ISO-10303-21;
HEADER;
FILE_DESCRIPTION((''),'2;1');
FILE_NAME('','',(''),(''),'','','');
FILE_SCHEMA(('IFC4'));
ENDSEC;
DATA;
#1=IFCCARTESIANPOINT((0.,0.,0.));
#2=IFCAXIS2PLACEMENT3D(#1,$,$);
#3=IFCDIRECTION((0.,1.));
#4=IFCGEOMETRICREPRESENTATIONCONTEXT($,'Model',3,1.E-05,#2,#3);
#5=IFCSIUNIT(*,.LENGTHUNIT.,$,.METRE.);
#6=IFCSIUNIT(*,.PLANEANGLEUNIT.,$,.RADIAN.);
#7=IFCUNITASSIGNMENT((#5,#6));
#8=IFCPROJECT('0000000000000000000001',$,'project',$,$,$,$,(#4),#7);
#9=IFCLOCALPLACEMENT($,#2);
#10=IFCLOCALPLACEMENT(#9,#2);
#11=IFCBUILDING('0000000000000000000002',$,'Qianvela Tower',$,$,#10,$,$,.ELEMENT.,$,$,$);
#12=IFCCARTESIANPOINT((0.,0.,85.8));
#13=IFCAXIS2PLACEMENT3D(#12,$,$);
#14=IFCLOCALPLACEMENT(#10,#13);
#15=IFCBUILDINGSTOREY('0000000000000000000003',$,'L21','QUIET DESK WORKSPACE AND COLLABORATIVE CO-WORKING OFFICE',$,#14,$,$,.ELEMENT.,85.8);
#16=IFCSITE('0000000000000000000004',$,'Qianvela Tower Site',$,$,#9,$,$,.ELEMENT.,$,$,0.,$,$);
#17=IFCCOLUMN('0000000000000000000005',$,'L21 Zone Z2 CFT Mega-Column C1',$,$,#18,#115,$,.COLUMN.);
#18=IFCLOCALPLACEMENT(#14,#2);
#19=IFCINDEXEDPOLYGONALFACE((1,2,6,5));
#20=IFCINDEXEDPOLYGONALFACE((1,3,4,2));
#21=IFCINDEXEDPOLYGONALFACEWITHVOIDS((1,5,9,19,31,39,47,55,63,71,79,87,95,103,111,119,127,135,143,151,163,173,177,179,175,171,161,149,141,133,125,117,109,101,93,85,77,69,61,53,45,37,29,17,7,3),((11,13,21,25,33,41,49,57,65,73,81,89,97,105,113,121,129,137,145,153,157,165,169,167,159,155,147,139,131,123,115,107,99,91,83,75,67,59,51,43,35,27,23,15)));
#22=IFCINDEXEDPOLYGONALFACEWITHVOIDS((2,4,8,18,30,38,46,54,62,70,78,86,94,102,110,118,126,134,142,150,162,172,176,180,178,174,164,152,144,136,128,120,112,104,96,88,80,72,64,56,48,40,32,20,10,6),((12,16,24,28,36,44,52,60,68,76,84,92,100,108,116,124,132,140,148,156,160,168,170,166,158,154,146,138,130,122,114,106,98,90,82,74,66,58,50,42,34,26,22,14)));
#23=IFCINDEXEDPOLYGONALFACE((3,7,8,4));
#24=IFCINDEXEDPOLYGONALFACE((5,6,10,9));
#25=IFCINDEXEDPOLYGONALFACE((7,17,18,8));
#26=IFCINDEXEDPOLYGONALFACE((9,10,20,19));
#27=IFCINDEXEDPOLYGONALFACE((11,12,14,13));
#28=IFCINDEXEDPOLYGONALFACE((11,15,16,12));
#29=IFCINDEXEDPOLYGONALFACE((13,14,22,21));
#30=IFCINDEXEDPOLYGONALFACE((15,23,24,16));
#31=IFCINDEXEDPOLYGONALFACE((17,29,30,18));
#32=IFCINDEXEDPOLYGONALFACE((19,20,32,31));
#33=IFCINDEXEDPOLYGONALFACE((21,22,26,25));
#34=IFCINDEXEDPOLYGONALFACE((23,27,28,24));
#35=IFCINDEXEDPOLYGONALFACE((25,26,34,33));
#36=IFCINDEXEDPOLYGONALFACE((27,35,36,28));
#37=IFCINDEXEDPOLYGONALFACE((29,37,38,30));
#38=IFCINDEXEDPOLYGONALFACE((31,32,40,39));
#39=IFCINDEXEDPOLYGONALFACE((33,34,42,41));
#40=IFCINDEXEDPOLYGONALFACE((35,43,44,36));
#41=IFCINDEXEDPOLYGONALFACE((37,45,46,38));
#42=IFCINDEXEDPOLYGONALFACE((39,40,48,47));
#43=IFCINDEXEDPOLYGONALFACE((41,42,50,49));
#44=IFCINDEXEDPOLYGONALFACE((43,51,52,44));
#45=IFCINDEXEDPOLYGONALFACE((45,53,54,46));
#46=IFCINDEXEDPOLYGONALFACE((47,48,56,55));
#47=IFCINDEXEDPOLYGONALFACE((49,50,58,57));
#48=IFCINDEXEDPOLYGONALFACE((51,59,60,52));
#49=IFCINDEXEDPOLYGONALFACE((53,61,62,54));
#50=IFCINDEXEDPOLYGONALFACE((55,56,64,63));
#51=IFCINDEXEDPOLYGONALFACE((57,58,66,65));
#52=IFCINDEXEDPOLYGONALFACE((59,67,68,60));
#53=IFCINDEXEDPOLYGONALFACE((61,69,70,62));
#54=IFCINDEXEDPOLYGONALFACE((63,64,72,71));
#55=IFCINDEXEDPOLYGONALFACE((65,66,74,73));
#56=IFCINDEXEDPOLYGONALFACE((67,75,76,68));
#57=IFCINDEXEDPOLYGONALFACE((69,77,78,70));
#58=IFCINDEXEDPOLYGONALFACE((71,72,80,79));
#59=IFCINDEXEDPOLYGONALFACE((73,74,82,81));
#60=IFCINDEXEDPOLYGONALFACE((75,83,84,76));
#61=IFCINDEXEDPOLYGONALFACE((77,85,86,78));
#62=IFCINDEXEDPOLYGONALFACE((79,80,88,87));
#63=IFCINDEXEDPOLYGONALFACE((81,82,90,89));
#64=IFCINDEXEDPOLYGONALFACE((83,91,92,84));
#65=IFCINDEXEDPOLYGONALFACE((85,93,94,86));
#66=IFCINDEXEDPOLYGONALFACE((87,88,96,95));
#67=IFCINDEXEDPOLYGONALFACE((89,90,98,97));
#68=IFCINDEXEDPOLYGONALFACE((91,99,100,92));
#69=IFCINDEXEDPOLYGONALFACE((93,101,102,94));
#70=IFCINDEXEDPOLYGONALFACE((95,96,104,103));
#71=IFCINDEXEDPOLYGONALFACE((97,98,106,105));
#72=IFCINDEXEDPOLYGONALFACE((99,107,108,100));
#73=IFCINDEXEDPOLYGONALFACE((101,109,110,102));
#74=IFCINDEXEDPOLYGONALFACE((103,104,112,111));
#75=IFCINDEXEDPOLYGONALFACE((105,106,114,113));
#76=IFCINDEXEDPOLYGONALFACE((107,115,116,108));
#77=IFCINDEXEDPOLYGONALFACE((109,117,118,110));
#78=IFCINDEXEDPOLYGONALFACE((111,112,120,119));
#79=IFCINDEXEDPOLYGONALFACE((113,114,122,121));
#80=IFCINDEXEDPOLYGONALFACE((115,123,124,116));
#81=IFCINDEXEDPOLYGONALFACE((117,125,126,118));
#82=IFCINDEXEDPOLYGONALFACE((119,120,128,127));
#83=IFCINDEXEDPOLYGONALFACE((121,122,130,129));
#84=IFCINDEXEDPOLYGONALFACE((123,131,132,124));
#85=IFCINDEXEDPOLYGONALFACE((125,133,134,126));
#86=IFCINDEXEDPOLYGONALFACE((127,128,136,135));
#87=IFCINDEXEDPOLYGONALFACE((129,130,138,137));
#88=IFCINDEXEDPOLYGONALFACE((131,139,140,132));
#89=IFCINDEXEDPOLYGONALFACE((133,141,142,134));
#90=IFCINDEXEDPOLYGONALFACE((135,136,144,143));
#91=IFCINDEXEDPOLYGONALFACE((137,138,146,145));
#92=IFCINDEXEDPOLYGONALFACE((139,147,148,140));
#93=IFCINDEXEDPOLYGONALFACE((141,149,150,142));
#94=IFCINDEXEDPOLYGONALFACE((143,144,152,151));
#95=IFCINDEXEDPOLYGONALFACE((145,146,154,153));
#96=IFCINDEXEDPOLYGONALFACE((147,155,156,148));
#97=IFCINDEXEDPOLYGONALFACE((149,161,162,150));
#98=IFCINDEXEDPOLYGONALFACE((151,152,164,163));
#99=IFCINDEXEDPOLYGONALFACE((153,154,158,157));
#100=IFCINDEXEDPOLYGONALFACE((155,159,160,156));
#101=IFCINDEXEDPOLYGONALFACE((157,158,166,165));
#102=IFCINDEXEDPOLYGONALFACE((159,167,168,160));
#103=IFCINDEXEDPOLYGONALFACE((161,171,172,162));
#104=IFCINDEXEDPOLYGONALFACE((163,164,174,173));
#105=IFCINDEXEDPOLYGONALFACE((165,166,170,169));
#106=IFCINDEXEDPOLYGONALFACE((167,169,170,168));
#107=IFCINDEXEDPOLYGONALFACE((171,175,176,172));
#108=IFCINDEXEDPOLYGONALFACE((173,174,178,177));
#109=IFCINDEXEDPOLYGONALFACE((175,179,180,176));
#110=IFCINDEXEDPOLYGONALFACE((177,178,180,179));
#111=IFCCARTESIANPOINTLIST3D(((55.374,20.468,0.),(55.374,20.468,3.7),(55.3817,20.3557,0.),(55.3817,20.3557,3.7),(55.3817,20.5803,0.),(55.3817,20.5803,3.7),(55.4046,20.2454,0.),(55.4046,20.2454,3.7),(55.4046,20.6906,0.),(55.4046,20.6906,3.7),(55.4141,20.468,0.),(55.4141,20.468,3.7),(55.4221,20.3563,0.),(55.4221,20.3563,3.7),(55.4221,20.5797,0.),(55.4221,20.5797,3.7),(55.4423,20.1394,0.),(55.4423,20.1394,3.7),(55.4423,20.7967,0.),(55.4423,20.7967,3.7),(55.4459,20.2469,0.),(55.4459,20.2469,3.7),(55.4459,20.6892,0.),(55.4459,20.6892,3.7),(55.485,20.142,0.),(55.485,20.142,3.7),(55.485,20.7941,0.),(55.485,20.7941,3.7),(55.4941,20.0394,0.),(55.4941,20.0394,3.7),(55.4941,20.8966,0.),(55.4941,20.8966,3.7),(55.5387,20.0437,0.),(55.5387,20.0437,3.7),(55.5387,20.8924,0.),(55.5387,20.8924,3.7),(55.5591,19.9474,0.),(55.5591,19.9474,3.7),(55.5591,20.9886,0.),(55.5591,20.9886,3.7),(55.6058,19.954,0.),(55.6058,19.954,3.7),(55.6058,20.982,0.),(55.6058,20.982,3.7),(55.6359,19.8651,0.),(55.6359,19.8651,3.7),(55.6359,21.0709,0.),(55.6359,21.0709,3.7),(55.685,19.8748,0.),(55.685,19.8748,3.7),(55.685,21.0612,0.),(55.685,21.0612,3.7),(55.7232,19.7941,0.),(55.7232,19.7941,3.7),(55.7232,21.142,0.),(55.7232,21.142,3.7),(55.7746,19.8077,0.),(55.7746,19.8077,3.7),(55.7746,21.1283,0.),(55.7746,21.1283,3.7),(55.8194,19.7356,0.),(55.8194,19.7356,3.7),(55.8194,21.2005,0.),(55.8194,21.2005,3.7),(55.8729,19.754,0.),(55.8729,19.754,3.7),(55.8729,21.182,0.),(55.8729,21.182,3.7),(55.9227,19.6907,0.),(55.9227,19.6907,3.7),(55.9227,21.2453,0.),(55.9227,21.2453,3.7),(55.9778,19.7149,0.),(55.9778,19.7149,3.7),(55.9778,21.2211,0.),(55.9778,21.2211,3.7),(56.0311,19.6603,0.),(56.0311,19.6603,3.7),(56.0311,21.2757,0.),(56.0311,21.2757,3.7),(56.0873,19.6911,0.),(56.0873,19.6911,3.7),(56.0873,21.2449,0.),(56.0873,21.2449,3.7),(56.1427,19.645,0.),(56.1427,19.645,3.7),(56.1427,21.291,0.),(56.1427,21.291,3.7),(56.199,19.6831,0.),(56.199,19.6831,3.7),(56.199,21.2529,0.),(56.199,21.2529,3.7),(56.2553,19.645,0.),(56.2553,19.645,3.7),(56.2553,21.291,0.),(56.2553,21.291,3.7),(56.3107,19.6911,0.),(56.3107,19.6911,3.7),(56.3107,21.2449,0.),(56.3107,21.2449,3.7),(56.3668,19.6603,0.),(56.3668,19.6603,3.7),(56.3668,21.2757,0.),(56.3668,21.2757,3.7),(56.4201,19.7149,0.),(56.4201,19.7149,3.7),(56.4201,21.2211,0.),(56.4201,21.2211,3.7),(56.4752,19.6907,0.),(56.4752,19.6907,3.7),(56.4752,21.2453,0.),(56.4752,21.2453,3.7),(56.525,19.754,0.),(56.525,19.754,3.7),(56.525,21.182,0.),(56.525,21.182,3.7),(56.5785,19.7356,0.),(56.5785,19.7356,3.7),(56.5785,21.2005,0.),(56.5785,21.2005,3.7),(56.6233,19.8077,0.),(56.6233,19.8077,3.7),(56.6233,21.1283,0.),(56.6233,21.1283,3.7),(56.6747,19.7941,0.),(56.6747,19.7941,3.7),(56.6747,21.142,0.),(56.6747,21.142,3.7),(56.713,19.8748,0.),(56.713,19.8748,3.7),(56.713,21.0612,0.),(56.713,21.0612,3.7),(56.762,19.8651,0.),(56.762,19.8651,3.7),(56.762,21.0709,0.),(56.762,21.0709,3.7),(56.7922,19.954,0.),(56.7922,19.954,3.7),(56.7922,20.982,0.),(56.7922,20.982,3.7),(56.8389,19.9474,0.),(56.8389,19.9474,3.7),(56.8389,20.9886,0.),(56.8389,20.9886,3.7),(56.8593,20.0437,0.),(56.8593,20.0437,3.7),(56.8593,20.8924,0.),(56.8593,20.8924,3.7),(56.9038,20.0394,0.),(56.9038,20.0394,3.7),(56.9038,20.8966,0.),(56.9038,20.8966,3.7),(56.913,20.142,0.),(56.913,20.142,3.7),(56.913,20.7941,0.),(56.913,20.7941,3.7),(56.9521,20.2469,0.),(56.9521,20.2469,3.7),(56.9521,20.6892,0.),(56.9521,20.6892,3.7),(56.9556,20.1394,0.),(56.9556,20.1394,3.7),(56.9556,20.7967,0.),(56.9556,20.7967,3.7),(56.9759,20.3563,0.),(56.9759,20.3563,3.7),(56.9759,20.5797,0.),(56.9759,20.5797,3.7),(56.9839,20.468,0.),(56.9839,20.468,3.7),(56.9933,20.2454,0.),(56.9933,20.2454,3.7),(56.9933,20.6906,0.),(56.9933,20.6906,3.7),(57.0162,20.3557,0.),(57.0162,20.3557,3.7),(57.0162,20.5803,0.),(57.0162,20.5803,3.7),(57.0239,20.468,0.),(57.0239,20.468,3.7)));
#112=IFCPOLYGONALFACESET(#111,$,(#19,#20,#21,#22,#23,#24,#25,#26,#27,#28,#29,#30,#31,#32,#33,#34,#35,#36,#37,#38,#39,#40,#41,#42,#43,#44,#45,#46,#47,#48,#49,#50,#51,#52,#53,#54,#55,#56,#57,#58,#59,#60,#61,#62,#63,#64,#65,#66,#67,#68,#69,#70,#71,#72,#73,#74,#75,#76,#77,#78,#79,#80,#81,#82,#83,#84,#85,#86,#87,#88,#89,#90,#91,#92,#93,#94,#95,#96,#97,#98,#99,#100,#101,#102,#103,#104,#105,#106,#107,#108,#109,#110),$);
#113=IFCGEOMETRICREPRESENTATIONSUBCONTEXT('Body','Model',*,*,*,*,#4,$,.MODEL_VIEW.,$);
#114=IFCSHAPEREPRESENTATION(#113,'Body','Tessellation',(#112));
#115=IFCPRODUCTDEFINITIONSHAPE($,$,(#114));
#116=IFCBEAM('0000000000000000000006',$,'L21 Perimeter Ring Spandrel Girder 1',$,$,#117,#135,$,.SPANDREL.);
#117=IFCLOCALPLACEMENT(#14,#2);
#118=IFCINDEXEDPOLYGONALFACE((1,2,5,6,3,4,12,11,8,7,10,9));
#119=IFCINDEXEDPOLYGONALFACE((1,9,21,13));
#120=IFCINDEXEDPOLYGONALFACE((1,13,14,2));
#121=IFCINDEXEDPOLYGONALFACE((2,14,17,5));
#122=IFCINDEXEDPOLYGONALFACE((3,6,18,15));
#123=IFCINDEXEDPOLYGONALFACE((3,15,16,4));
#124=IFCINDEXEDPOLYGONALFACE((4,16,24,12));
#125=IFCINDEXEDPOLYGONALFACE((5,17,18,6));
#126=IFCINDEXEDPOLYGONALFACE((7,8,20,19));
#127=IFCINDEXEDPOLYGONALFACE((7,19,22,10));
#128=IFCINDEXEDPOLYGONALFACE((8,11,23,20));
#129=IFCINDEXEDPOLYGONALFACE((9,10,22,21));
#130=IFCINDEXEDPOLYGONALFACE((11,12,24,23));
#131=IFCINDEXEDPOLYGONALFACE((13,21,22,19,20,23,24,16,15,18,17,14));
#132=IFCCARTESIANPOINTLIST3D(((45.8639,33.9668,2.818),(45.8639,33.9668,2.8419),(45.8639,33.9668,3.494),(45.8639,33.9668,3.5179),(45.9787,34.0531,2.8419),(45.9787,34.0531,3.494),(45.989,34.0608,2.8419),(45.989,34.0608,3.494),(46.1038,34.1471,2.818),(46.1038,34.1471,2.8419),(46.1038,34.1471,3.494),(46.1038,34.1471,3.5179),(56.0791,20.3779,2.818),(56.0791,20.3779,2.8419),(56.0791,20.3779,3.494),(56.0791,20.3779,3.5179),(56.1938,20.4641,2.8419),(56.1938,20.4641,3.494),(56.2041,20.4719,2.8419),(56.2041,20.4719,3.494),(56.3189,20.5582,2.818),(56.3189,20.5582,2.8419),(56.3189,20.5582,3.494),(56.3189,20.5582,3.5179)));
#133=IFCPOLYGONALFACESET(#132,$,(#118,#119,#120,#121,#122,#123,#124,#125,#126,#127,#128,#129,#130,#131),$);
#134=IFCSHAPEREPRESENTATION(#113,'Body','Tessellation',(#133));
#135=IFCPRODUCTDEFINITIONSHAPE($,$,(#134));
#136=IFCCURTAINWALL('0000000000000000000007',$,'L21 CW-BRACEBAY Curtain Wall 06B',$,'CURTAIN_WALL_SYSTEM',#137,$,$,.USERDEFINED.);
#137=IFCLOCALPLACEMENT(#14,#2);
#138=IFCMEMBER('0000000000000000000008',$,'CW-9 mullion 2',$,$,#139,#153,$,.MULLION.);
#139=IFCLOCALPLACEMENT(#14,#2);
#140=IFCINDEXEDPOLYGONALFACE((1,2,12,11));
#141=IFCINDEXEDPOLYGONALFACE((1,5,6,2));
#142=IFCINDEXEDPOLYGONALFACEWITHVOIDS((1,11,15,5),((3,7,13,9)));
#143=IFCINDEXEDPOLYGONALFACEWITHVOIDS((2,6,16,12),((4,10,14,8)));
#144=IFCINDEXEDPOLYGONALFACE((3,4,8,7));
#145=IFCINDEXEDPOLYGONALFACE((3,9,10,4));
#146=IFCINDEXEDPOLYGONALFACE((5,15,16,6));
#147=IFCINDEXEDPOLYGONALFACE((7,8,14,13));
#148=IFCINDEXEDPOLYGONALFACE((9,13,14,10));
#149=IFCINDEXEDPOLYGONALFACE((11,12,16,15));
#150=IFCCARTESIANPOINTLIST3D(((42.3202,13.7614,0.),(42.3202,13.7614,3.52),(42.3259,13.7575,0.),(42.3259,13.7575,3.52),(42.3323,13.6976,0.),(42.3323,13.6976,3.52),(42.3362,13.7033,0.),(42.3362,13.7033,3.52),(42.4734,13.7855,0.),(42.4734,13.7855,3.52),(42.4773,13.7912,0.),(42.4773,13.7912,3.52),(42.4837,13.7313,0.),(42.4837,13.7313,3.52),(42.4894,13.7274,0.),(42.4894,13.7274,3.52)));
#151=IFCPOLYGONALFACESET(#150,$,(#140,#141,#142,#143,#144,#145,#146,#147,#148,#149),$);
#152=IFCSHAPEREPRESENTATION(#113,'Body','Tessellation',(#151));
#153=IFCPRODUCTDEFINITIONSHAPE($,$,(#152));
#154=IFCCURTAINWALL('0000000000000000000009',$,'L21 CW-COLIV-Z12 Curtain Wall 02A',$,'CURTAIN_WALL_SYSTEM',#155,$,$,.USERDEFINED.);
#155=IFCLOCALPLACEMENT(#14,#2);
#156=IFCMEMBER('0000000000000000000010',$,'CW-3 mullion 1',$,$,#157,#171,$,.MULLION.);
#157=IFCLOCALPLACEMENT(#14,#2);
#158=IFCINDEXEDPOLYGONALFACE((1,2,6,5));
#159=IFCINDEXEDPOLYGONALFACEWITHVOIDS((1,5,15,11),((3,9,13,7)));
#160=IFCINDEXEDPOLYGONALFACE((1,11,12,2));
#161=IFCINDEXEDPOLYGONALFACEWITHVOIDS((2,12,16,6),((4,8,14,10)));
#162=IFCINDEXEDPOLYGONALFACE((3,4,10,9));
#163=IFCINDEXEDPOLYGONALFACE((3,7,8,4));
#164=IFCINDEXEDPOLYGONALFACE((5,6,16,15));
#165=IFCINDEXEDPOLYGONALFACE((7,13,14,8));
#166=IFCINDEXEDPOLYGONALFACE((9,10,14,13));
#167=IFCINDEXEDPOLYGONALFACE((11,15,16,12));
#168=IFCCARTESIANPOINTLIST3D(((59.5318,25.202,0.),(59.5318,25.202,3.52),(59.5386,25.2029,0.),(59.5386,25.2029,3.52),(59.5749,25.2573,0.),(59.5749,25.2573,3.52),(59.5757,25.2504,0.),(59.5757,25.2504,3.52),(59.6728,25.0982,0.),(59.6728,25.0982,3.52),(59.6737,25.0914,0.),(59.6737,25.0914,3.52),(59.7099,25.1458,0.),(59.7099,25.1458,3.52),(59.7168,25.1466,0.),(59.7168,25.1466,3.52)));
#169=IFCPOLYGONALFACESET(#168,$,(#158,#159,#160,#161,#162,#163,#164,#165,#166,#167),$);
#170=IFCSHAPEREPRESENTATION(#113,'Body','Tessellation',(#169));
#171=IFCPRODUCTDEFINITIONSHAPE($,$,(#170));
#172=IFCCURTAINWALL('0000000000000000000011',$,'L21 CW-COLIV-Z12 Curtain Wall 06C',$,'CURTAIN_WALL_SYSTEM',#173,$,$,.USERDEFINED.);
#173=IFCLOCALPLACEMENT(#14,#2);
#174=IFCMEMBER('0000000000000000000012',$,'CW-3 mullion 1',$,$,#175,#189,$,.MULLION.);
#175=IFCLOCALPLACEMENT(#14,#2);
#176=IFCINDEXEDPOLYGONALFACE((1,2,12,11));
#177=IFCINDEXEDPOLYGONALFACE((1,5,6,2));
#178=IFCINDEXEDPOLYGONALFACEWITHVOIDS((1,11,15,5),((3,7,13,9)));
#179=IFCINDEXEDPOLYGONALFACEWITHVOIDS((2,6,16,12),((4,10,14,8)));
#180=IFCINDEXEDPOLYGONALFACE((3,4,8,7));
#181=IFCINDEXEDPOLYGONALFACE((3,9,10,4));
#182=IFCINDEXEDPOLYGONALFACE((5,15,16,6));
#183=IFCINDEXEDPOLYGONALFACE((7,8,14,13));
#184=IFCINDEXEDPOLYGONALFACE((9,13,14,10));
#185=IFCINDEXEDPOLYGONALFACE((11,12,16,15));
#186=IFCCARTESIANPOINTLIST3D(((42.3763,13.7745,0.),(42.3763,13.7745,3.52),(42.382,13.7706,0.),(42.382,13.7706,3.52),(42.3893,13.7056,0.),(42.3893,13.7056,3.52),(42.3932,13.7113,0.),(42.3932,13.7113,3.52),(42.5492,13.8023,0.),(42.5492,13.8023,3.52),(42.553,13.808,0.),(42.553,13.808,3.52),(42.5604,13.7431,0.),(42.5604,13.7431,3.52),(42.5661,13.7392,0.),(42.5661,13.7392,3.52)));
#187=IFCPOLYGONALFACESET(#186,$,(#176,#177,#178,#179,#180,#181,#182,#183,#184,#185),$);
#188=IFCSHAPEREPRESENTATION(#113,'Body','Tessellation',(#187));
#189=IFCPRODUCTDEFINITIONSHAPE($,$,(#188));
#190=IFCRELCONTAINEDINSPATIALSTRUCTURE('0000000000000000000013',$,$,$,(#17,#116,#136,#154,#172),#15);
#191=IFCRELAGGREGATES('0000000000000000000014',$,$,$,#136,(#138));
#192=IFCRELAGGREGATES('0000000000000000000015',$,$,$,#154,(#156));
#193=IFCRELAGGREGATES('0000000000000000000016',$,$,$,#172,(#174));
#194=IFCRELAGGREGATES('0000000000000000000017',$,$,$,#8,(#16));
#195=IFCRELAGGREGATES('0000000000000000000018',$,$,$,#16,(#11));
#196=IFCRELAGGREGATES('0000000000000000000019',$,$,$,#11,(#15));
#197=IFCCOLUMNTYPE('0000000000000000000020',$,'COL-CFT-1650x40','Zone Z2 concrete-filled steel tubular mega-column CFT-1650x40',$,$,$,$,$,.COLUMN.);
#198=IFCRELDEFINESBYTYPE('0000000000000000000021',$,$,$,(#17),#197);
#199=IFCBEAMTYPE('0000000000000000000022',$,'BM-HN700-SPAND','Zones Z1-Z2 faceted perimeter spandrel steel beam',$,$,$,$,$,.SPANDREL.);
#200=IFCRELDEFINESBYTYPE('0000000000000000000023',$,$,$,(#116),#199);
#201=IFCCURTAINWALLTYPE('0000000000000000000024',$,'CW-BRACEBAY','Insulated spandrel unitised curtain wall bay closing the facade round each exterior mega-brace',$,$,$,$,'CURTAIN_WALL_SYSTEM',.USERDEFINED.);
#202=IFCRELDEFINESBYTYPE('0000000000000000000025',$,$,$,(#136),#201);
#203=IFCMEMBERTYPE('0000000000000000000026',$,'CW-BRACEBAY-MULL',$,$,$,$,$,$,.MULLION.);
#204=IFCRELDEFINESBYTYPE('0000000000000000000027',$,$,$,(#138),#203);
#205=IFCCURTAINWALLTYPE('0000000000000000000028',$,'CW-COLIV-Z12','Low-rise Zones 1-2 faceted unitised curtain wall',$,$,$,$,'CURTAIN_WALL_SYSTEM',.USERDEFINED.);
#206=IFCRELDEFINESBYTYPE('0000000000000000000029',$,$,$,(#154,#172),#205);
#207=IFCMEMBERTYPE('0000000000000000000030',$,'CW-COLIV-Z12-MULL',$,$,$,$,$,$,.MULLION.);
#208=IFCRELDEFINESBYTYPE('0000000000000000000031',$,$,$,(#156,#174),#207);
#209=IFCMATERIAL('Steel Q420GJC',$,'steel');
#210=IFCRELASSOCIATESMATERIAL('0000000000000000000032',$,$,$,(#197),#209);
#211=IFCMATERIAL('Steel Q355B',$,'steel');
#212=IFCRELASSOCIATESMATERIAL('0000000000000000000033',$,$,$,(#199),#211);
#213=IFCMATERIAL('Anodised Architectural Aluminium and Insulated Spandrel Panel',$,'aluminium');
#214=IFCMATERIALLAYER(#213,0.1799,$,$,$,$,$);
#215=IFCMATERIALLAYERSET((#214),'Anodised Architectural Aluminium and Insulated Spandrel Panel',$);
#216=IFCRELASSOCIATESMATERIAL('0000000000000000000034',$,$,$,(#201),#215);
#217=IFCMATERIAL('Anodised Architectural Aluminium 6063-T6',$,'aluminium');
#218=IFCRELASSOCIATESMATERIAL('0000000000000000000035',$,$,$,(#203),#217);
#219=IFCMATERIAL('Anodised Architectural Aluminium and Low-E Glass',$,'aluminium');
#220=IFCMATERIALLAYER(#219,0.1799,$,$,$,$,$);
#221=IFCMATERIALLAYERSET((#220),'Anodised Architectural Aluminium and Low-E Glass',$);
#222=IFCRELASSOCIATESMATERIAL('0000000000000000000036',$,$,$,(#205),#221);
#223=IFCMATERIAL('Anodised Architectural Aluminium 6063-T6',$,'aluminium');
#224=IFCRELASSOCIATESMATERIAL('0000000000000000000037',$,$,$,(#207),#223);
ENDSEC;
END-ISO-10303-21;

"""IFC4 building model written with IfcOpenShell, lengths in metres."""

from ifc_helpers import new_model, si_unit, direction, frame, origin, origin_2d, place, context, subcontext, project, spatial, hollow_rectangle, hollow_circle, i_section, extrude, material, layer, layer_set, material_profile, profile_set, type_object, element, aggregate, save


model = new_model("IFC4")

# Units and contexts
model_context = context("Model", 3, precision=1e-05, world=origin(), true_north=direction((0.0, 1.0)))
body_context = subcontext(model_context, "Body", "Model", "MODEL_VIEW")
ifc_project = project(units=[si_unit("LENGTHUNIT", "METRE"), si_unit("PLANEANGLEUNIT", "RADIAN")], contexts=[model_context])

# Site, building, storey
site_placement = place(None, origin())
site = spatial("IfcSite", under=ifc_project, at=site_placement, Name="Qianvela Tower Site", CompositionType="ELEMENT", RefElevation=0.0)
building_placement = place(site_placement, origin())
building = spatial("IfcBuilding", under=site, at=building_placement, Name="Qianvela Tower", CompositionType="ELEMENT")
storey_placement = place(building_placement, frame((0.0, 0.0, 85.8)))
storey = spatial("IfcBuildingStorey", under=building, at=storey_placement, Name="L21", Description="QUIET DESK WORKSPACE AND COLLABORATIVE CO-WORKING OFFICE", CompositionType="ELEMENT", Elevation=85.8)

# Column
ifc_material_1 = material(Name="Steel Q420GJC", Category="steel")
ifc_material_profile_1 = material_profile(ifc_material_1, hollow_circle(Radius=0.825, WallThickness=0.04, at=origin_2d()), Name="CFT-1650x40")
ifc_profile_set_1 = profile_set([ifc_material_profile_1], Name="Steel Q420GJC")
column_type = type_object("IfcColumnType", Name="COL-CFT-1650x40", Description="Zone Z2 concrete-filled steel tubular mega-column CFT-1650x40", PredefinedType="COLUMN", material=ifc_profile_set_1)
column_placement = place(storey_placement, frame((56.199, 20.468, 0.0), z_axis=(0.0, 0.0, 1.0), x_axis=(1.0, 0.0, 0.0)))
element("IfcColumn", 1, at=column_placement, inside=storey, type_object=column_type, Name="L21 Zone Z2 CFT Mega-Column C1", PredefinedType="COLUMN", context=body_context, shape_type="SweptSolid", body=[
    extrude(hollow_circle(Radius=0.825, WallThickness=0.04, at=origin_2d()), origin(), (0.0, 0.0, 1.0), 3.7),
])

# Beam
ifc_material_2 = material(Name="Steel Q355B", Category="steel")
ifc_material_profile_2 = material_profile(ifc_material_2, i_section(OverallWidth=0.3, OverallDepth=0.7, WebThickness=0.0129, FlangeThickness=0.0239, at=origin_2d()), Name="HN700x300x13x24")
ifc_profile_set_2 = profile_set([ifc_material_profile_2], Name="Steel Q355B")
beam_type = type_object("IfcBeamType", Name="BM-HN700-SPAND", Description="Zones Z1-Z2 faceted perimeter spandrel steel beam", PredefinedType="SPANDREL", material=ifc_profile_set_2)
beam_placement = place(storey_placement, frame((56.199, 20.468, 3.168), z_axis=(-0.600882, 0.799338, 0.0), x_axis=(-0.799338, -0.600882, 0.0)))
element("IfcBeam", 2, at=beam_placement, inside=storey, type_object=beam_type, Name="L21 Perimeter Ring Spandrel Girder 1", PredefinedType="SPANDREL", context=body_context, shape_type="SweptSolid", body=[
    extrude(i_section(OverallWidth=0.3, OverallDepth=0.7, WebThickness=0.0129, FlangeThickness=0.0239, at=origin_2d()), origin(), (0.0, 0.0, 1.0), 17.0002),
])

# Curtain walls, members
ifc_material_3 = material(Name="Anodised Architectural Aluminium and Insulated Spandrel Panel", Category="aluminium")
ifc_layer_1 = layer(ifc_material_3, 0.1799)
ifc_layer_set_1 = layer_set([ifc_layer_1], Name="Anodised Architectural Aluminium and Insulated Spandrel Panel")
curtain_wall_type_1 = type_object("IfcCurtainWallType", Name="CW-BRACEBAY", Description="Insulated spandrel unitised curtain wall bay closing the facade round each exterior mega-brace", ElementType="CURTAIN_WALL_SYSTEM", PredefinedType="USERDEFINED", material=ifc_layer_set_1)
curtain_wall_1_placement = place(storey_placement, origin())
curtain_wall_1 = element("IfcCurtainWall", 3, at=curtain_wall_1_placement, inside=storey, type_object=curtain_wall_type_1, Name="L21 CW-BRACEBAY Curtain Wall 06B", ObjectType="CURTAIN_WALL_SYSTEM", PredefinedType="USERDEFINED")
ifc_material_4 = material(Name="Anodised Architectural Aluminium 6063-T6", Category="aluminium")
ifc_material_profile_3 = material_profile(ifc_material_4, hollow_rectangle(XDim=0.0649, YDim=0.1599, WallThickness=0.0049, at=origin_2d()), Name="ALU-MULL-65x160")
ifc_profile_set_3 = profile_set([ifc_material_profile_3], Name="Anodised Architectural Aluminium 6063-T6")
member_type_1 = type_object("IfcMemberType", Name="CW-BRACEBAY-MULL", PredefinedType="MULLION", material=ifc_profile_set_3)
member_1_placement = place(storey_placement, frame((42.4048, 13.7444, 0.0), z_axis=(0.0, 0.0, 1.0), x_axis=(-0.186575, 0.982441, 0.0)))
member_1 = element("IfcMember", 4, at=member_1_placement, type_object=member_type_1, Name="CW-9 mullion 2", PredefinedType="MULLION", context=body_context, shape_type="SweptSolid", body=[
    extrude(hollow_rectangle(XDim=0.0649, YDim=0.1599, WallThickness=0.0049, at=origin_2d()), origin(), (0.0, 0.0, 1.0), 3.52),
])
aggregate(curtain_wall_1, [member_1])
ifc_material_5 = material(Name="Anodised Architectural Aluminium and Low-E Glass", Category="aluminium")
ifc_layer_2 = layer(ifc_material_5, 0.1799)
ifc_layer_set_2 = layer_set([ifc_layer_2], Name="Anodised Architectural Aluminium and Low-E Glass")
curtain_wall_type_2 = type_object("IfcCurtainWallType", Name="CW-COLIV-Z12", Description="Low-rise Zones 1-2 faceted unitised curtain wall", ElementType="CURTAIN_WALL_SYSTEM", PredefinedType="USERDEFINED", material=ifc_layer_set_2)
curtain_wall_2_placement = place(storey_placement, origin())
curtain_wall_2 = element("IfcCurtainWall", 5, at=curtain_wall_2_placement, inside=storey, type_object=curtain_wall_type_2, Name="L21 CW-COLIV-Z12 Curtain Wall 02A", ObjectType="CURTAIN_WALL_SYSTEM", PredefinedType="USERDEFINED")
ifc_material_6 = material(Name="Anodised Architectural Aluminium 6063-T6", Category="aluminium")
ifc_material_profile_4 = material_profile(ifc_material_6, hollow_rectangle(XDim=0.0701, YDim=0.1799, WallThickness=0.0049, at=origin_2d()), Name="ALU-MULL-70x180")
ifc_profile_set_4 = profile_set([ifc_material_profile_4], Name="Anodised Architectural Aluminium 6063-T6")
member_type_2 = type_object("IfcMemberType", Name="CW-COLIV-Z12-MULL", PredefinedType="MULLION", material=ifc_profile_set_4)
member_2_placement = place(storey_placement, frame((59.6243, 25.1743, 0.0), z_axis=(0.0, 0.0, 1.0), x_axis=(-0.615014, -0.788516, 0.0)))
member_2 = element("IfcMember", 6, at=member_2_placement, type_object=member_type_2, Name="CW-3 mullion 1", PredefinedType="MULLION", context=body_context, shape_type="SweptSolid", body=[
    extrude(hollow_rectangle(XDim=0.0701, YDim=0.1799, WallThickness=0.0049, at=origin_2d()), origin(), (0.0, 0.0, 1.0), 3.52),
])

# Curtain wall, member
curtain_wall_3_placement = place(storey_placement, origin())
curtain_wall_3 = element("IfcCurtainWall", 7, at=curtain_wall_3_placement, inside=storey, type_object=curtain_wall_type_2, Name="L21 CW-COLIV-Z12 Curtain Wall 06C", ObjectType="CURTAIN_WALL_SYSTEM", PredefinedType="USERDEFINED")
member_3_placement = place(storey_placement, frame((42.4712, 13.7568, 0.0), z_axis=(0.0, 0.0, 1.0), x_axis=(-0.186581, 0.98244, 0.0)))
member_3 = element("IfcMember", 8, at=member_3_placement, type_object=member_type_2, Name="CW-3 mullion 1", PredefinedType="MULLION", context=body_context, shape_type="SweptSolid", body=[
    extrude(hollow_rectangle(XDim=0.0701, YDim=0.1799, WallThickness=0.0049, at=origin_2d()), origin(), (0.0, 0.0, 1.0), 3.52),
])

aggregate(curtain_wall_2, [member_2])
aggregate(curtain_wall_3, [member_3])

save(model, "model.ifc")
